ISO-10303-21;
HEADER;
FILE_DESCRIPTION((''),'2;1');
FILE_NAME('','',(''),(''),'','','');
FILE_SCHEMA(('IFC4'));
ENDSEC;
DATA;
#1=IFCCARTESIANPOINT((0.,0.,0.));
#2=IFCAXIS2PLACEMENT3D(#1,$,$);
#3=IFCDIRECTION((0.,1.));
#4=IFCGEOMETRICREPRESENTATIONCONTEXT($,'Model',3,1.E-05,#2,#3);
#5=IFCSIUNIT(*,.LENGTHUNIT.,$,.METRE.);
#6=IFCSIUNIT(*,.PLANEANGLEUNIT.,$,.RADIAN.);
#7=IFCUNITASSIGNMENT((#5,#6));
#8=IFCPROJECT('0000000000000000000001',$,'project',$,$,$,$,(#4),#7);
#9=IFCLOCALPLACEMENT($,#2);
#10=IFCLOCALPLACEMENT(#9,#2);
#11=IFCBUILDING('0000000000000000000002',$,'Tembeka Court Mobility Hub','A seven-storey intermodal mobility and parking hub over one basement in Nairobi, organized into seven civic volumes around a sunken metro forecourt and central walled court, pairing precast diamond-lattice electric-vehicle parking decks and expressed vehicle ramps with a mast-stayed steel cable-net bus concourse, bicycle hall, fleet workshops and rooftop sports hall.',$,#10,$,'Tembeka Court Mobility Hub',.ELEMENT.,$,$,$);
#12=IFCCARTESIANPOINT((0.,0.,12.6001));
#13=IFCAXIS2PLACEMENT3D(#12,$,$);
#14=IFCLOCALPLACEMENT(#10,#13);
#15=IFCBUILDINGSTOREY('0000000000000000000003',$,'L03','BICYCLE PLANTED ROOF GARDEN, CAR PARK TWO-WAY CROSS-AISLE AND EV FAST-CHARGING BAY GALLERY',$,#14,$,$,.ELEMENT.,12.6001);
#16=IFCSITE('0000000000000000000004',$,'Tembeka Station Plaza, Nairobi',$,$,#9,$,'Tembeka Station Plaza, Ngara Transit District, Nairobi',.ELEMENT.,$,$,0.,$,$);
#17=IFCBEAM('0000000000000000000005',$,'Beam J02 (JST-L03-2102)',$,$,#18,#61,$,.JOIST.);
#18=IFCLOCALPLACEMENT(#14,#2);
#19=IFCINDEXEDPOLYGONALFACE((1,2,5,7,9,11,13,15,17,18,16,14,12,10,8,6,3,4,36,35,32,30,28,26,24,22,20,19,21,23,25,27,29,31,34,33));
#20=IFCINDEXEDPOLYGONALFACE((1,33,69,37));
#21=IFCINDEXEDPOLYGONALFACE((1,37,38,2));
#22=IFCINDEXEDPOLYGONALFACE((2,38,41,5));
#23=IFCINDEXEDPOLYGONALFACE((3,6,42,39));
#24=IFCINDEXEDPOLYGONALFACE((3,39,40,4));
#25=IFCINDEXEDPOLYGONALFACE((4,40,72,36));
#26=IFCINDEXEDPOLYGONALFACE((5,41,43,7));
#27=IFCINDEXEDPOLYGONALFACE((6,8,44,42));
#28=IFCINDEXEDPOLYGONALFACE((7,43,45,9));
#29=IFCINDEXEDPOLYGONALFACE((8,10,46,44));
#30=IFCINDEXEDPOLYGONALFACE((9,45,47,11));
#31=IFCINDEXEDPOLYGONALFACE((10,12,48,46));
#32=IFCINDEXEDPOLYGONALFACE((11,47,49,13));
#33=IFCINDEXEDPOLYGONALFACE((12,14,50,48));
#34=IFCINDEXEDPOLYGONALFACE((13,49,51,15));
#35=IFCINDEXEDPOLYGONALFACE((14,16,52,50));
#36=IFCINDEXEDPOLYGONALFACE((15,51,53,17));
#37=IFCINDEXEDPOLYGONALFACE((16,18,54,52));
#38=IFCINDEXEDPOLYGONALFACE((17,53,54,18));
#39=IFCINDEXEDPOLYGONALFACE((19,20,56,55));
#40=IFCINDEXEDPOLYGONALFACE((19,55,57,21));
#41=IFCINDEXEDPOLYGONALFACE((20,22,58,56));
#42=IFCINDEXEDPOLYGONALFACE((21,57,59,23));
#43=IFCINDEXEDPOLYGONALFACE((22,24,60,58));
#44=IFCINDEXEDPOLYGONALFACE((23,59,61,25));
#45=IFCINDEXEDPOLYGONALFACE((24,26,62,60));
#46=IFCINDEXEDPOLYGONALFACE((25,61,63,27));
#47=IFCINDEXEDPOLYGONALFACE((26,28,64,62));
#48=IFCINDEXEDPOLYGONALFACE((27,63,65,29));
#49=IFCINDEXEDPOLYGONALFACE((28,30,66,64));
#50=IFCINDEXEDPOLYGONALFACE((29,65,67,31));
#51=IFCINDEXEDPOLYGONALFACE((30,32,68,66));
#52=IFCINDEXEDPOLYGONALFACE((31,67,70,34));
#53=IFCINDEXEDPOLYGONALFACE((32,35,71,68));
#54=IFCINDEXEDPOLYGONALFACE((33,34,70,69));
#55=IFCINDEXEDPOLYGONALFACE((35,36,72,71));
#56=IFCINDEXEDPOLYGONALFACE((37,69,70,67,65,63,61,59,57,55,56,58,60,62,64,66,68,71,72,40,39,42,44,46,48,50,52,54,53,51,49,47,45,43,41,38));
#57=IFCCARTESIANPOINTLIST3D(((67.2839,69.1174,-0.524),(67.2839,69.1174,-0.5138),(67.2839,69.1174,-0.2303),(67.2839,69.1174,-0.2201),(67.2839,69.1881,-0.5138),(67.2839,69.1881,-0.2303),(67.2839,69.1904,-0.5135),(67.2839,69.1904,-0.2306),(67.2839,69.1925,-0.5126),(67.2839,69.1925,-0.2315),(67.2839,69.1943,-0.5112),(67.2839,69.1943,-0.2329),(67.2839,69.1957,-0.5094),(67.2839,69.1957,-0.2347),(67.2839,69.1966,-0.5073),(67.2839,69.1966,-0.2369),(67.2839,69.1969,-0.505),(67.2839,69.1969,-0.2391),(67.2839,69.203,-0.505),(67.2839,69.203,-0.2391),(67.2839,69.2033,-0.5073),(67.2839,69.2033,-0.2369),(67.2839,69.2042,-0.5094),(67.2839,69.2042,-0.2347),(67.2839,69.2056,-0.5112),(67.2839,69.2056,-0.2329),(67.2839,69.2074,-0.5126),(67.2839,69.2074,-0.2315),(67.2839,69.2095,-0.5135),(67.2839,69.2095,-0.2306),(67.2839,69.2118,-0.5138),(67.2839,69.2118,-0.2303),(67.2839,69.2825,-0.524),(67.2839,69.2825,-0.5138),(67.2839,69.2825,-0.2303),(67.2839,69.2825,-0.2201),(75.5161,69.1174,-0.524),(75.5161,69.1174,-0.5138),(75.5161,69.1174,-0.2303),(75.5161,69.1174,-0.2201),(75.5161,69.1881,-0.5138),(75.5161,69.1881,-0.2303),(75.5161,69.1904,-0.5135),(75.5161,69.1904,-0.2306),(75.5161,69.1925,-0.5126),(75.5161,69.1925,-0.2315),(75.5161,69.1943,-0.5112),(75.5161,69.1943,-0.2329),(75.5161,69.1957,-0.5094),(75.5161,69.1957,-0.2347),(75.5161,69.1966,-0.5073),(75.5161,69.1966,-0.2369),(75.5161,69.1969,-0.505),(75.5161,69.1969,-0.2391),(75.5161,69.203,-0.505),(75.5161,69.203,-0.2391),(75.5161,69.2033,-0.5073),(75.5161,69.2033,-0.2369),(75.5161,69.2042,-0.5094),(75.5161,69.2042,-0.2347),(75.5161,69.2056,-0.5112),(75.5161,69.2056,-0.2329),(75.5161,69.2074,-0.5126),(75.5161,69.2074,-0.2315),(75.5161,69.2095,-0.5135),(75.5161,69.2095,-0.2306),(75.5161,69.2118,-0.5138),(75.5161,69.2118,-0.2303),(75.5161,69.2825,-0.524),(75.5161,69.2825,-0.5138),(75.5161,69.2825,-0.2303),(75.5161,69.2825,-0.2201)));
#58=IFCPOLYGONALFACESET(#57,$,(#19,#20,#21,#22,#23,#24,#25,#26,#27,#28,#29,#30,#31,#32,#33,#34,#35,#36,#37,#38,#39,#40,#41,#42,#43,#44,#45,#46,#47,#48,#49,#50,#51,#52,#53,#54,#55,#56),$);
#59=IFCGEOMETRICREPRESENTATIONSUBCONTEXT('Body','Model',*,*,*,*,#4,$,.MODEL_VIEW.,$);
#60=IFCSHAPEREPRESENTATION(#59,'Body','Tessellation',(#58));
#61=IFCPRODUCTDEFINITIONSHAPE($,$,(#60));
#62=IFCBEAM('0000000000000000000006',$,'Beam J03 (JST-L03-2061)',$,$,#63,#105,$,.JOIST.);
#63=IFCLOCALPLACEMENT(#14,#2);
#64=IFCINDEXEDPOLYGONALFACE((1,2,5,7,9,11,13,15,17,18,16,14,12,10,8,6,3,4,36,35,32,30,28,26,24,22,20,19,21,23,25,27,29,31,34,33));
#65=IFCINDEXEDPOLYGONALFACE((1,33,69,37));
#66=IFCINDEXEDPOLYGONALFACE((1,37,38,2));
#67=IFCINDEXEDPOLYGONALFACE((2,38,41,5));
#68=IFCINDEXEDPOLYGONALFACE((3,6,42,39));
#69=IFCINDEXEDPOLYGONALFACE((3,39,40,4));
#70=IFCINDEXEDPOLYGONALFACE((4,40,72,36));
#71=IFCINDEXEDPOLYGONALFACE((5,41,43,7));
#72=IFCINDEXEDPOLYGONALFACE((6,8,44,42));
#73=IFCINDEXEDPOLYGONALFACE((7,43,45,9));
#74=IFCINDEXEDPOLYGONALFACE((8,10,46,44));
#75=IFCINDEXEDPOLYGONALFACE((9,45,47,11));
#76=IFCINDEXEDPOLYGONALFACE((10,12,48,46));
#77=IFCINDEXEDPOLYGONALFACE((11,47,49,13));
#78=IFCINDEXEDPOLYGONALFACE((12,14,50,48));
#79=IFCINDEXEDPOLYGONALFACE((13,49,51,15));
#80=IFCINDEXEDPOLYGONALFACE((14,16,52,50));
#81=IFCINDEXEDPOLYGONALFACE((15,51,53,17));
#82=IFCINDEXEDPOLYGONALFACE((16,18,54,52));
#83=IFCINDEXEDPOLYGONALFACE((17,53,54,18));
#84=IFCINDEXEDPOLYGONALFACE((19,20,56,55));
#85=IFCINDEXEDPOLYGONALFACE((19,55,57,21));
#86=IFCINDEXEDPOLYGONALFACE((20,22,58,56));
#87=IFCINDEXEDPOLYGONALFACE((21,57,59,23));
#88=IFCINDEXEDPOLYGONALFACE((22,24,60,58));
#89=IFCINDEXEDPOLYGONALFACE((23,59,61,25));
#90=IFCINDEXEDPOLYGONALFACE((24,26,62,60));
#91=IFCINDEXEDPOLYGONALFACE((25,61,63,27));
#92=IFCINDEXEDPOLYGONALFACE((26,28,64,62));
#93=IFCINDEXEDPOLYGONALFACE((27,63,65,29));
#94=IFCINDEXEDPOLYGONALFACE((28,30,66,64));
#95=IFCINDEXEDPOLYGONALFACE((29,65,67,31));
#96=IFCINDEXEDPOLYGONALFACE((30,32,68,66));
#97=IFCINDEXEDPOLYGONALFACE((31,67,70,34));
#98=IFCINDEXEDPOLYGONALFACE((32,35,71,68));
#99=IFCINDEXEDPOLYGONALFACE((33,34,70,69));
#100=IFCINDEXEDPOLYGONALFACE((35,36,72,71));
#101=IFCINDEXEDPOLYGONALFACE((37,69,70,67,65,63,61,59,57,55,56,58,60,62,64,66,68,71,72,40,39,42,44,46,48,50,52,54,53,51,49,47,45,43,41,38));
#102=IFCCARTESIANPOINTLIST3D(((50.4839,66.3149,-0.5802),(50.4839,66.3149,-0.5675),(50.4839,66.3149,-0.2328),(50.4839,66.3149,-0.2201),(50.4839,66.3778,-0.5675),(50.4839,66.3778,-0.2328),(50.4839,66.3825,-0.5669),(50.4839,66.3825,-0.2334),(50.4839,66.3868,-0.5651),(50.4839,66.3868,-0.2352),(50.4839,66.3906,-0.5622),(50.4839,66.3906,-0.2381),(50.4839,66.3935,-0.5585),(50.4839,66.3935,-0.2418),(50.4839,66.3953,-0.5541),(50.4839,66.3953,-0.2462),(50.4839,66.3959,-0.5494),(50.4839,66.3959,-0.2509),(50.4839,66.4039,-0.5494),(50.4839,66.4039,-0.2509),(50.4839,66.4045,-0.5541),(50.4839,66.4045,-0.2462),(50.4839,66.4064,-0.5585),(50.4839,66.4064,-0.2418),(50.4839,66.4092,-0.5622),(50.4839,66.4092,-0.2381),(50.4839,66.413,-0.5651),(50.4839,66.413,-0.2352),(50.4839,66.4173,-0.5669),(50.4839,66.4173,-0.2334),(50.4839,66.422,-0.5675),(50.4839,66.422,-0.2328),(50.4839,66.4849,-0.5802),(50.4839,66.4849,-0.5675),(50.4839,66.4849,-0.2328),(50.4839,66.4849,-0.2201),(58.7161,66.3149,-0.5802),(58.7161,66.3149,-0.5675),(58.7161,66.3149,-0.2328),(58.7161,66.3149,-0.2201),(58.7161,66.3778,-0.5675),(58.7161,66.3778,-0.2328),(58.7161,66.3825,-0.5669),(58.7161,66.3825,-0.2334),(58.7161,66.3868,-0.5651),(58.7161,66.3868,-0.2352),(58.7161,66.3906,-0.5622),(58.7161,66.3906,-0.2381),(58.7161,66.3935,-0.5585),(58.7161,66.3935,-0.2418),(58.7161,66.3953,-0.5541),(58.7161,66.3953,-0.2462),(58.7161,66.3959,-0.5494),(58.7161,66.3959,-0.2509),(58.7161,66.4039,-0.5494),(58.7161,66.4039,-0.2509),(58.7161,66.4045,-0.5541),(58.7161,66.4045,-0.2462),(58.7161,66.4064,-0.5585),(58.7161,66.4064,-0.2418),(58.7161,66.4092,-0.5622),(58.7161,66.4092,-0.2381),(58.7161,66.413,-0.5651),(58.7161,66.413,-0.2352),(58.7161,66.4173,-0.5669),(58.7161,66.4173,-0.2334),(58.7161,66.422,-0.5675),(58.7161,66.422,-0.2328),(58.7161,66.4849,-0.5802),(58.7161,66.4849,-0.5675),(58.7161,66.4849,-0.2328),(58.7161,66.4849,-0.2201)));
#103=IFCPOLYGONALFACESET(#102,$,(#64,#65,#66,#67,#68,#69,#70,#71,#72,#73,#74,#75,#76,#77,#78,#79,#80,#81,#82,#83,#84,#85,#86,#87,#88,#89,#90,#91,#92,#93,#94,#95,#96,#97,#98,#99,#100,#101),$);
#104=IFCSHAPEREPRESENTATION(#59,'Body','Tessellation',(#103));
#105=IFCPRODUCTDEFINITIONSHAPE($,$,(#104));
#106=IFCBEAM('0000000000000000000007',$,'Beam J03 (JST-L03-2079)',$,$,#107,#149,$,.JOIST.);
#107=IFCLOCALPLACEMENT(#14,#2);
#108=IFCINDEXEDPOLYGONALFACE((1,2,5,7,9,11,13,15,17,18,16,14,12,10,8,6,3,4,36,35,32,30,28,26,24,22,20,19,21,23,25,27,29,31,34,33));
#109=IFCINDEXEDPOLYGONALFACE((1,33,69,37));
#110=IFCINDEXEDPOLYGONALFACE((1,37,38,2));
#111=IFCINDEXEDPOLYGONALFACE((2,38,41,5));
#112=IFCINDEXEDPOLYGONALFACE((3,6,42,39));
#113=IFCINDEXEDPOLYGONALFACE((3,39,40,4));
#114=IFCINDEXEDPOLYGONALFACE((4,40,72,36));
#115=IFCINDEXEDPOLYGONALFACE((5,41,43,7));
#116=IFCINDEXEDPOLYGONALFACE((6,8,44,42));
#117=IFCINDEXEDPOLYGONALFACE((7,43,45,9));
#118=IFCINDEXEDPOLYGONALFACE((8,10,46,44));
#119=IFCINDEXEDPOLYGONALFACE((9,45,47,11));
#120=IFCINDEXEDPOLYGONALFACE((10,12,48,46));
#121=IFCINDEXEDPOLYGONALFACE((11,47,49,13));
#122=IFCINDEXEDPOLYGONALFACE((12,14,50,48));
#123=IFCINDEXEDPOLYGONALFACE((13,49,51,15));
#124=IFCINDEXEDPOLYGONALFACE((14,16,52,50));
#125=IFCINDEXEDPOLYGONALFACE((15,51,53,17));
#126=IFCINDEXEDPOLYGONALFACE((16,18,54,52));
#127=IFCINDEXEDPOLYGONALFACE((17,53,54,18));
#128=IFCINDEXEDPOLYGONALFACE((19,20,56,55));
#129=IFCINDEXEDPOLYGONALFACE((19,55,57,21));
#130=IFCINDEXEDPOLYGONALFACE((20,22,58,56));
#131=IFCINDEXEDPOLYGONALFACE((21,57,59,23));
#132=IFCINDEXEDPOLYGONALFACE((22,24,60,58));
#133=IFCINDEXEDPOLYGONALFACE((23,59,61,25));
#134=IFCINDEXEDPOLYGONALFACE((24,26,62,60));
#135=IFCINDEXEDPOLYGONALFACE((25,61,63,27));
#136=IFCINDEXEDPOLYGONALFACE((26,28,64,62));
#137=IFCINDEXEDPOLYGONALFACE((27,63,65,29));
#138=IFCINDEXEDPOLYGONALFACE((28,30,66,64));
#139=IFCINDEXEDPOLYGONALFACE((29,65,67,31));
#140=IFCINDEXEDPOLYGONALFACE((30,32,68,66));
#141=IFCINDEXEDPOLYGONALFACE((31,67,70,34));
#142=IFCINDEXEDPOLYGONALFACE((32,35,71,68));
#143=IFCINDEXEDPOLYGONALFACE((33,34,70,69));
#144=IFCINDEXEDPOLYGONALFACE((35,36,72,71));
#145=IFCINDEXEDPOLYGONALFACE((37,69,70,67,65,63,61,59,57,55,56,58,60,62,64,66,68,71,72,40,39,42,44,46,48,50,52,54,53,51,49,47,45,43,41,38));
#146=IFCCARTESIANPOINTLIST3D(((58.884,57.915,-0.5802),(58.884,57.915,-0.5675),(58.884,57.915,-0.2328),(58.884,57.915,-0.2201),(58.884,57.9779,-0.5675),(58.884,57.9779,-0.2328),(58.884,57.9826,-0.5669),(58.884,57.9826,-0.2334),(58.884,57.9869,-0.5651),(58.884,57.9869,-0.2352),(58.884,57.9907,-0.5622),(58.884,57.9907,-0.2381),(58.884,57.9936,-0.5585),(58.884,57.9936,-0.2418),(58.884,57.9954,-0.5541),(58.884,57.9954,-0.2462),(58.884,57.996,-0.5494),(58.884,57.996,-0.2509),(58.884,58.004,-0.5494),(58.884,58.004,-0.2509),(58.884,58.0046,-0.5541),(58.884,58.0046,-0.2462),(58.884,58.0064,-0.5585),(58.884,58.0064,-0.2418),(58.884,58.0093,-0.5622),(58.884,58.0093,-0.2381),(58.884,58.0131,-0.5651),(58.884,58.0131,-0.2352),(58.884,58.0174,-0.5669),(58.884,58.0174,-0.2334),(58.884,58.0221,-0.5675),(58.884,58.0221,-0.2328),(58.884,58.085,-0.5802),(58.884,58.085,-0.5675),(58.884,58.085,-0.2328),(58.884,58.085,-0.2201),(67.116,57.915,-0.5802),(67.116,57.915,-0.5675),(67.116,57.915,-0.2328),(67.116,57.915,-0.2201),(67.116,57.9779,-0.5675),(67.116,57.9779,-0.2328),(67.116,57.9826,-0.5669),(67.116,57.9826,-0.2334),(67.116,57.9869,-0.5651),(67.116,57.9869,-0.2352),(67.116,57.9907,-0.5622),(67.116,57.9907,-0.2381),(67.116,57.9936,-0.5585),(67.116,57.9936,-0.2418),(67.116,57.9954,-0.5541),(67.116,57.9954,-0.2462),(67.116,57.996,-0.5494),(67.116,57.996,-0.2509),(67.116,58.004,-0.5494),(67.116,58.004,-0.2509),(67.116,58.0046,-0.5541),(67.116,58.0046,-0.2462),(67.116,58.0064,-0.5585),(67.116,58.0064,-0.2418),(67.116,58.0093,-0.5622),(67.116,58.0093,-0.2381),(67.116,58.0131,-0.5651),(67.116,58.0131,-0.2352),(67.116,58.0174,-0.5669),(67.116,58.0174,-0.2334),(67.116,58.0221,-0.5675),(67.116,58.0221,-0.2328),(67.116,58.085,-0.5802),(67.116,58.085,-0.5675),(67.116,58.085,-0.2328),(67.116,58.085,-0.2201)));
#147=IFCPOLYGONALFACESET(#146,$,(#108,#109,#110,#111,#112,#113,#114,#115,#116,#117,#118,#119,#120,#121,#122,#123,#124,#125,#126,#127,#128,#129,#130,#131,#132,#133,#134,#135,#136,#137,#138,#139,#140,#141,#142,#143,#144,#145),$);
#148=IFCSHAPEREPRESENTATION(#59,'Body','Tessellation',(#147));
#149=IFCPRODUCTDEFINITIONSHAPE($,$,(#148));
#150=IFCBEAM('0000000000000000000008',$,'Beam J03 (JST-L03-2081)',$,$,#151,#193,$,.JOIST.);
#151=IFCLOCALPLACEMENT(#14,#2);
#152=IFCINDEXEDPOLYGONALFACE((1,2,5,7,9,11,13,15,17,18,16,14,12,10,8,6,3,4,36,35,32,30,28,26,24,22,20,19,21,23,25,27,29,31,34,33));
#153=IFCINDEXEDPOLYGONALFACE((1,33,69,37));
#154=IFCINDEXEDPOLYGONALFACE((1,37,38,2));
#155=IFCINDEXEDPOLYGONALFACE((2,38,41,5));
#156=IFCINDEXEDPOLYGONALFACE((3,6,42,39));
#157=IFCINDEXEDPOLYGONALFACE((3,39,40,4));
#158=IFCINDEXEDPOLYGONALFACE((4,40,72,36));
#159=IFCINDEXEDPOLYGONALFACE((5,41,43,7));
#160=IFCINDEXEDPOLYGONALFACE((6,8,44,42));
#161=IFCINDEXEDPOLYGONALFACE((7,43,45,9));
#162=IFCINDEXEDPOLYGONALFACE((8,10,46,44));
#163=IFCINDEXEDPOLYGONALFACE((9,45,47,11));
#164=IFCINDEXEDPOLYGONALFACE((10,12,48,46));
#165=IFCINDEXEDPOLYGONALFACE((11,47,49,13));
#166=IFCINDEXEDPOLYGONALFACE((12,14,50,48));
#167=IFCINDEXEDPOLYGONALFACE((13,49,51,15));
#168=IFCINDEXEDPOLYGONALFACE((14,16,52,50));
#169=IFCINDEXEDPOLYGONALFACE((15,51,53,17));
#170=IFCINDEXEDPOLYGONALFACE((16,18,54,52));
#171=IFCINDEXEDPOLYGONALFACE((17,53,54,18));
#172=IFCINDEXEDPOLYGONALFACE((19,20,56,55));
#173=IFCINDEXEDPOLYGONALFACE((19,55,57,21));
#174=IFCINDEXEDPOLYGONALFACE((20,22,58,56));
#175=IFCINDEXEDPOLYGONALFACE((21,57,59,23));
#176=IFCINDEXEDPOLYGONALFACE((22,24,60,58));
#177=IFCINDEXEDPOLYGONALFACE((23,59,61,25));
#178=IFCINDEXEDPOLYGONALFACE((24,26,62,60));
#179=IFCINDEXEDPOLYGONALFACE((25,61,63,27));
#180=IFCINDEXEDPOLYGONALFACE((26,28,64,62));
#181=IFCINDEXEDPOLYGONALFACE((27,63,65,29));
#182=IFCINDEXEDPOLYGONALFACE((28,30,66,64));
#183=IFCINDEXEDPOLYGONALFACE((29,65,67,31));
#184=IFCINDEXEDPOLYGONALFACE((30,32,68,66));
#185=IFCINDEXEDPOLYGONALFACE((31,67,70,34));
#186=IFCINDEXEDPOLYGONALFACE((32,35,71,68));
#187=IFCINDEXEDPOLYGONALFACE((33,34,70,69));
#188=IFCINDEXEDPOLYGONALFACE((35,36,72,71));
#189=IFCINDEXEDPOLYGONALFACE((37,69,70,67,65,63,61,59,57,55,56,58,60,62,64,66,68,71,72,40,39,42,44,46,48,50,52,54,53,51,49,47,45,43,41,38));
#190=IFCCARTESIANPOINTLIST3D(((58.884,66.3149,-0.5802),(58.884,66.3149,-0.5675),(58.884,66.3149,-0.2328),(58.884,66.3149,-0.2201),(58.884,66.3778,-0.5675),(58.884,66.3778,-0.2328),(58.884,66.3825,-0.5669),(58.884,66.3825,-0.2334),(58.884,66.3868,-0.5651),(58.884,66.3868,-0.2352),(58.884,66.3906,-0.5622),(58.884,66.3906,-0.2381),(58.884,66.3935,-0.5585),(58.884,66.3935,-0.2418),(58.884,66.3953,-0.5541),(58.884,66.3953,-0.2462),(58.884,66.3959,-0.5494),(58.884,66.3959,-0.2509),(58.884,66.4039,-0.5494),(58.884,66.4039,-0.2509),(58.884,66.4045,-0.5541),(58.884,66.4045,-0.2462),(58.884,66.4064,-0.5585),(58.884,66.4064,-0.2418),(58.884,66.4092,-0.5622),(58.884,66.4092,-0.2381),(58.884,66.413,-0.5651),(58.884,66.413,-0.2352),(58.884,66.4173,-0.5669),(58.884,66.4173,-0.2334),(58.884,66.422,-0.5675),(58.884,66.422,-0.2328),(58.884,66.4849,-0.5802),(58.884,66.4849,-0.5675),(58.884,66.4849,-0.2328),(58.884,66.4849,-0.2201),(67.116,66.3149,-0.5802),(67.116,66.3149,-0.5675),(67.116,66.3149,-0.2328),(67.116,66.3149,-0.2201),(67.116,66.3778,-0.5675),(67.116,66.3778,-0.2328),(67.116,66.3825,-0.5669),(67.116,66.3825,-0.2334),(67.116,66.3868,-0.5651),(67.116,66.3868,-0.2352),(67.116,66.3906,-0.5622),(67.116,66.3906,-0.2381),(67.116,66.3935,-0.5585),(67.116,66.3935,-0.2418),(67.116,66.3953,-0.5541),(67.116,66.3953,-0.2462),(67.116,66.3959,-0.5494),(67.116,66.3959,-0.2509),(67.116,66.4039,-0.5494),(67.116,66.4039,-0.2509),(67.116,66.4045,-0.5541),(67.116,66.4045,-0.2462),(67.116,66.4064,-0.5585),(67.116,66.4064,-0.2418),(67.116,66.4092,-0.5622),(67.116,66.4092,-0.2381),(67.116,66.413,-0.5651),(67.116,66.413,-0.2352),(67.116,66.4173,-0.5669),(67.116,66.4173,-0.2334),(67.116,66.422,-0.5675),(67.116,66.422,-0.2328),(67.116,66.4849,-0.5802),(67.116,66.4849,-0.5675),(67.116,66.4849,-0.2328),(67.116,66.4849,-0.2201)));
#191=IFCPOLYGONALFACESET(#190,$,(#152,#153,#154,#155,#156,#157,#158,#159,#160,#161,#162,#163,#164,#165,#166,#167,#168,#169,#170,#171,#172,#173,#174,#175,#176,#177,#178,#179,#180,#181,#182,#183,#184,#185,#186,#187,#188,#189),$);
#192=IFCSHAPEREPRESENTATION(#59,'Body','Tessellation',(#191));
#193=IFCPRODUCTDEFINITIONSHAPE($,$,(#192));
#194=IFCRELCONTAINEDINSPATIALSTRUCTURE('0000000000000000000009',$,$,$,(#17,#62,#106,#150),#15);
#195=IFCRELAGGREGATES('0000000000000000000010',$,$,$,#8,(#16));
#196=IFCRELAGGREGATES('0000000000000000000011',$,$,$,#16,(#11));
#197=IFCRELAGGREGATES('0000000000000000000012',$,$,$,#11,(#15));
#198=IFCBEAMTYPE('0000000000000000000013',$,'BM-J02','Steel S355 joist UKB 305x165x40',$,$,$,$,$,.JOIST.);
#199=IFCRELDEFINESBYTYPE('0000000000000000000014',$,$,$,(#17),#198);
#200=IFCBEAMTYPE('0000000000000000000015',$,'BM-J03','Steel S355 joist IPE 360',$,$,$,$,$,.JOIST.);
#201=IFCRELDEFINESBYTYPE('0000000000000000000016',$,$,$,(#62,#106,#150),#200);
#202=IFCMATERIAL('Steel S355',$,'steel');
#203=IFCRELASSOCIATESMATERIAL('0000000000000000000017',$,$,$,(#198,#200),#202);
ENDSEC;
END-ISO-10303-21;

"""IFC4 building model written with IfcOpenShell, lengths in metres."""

from ifc_helpers import new_model, si_unit, direction, frame, origin, origin_2d, place, context, subcontext, project, spatial, i_section, extrude, material, material_profile, profile_set, type_object, element, save


model = new_model("IFC4")

# Units and contexts
model_context = context("Model", 3, precision=1e-05, world=origin(), true_north=direction((0.0, 1.0)))
body_context = subcontext(model_context, "Body", "Model", "MODEL_VIEW")
ifc_project = project(units=[si_unit("LENGTHUNIT", "METRE"), si_unit("PLANEANGLEUNIT", "RADIAN")], contexts=[model_context])

# Site, building, storey
site_placement = place(None, origin())
site = spatial("IfcSite", under=ifc_project, at=site_placement, Name="Tembeka Station Plaza, Nairobi", LongName="Tembeka Station Plaza, Ngara Transit District, Nairobi", CompositionType="ELEMENT", RefElevation=0.0)
building_placement = place(site_placement, origin())
building = spatial("IfcBuilding", under=site, at=building_placement, Name="Tembeka Court Mobility Hub", Description="A seven-storey intermodal mobility and parking hub over one basement in Nairobi, organized into seven civic volumes around a sunken metro forecourt and central walled court, pairing precast diamond-lattice electric-vehicle parking decks and expressed vehicle ramps with a mast-stayed steel cable-net bus concourse, bicycle hall, fleet workshops and rooftop sports hall.", LongName="Tembeka Court Mobility Hub", CompositionType="ELEMENT")
storey_placement = place(building_placement, frame((0.0, 0.0, 12.6001)))
storey = spatial("IfcBuildingStorey", under=building, at=storey_placement, Name="L03", Description="BICYCLE PLANTED ROOF GARDEN, CAR PARK TWO-WAY CROSS-AISLE AND EV FAST-CHARGING BAY GALLERY", CompositionType="ELEMENT", Elevation=12.6001)

# Shared definitions
ifc_material_1 = material(Name="Steel S355", Category="steel")

# Beams
ifc_material_profile_1 = material_profile(ifc_material_1, i_section(OverallWidth=0.165, OverallDepth=0.304, WebThickness=0.0061, FlangeThickness=0.0103, FilletRadius=0.0088, at=origin_2d()), Name="UKB 305x165x40")
ifc_profile_set_1 = profile_set([ifc_material_profile_1], Name="Steel S355")
beam_type_1 = type_object("IfcBeamType", Name="BM-J02", Description="Steel S355 joist UKB 305x165x40", PredefinedType="JOIST", material=ifc_profile_set_1)
for number, where, z_axis, x_axis, name in (
    (1, (67.2839, 69.2, -0.3721), (1.0, 0.0, 0.0), (0.0, 1.0, 0.0), "Beam J02 (JST-L03-2102)"),
):
    element("IfcBeam", number, at=place(storey_placement, frame(where, z_axis=z_axis, x_axis=x_axis)), inside=storey, type_object=beam_type_1, Name=name, PredefinedType="JOIST", context=body_context, shape_type="SweptSolid", body=[
        extrude(i_section(OverallWidth=0.165, OverallDepth=0.304, WebThickness=0.0061, FlangeThickness=0.0103, FilletRadius=0.0088, at=origin_2d()), origin(), (0.0, 0.0, 1.0), 8.2322),
    ])
ifc_material_profile_2 = material_profile(ifc_material_1, i_section(OverallWidth=0.1699, OverallDepth=0.3601, WebThickness=0.0081, FlangeThickness=0.0127, FilletRadius=0.0181, at=origin_2d()), Name="IPE 360")
ifc_profile_set_2 = profile_set([ifc_material_profile_2], Name="Steel S355")
beam_type_2 = type_object("IfcBeamType", Name="BM-J03", Description="Steel S355 joist IPE 360", PredefinedType="JOIST", material=ifc_profile_set_2)
beam_1_placement = place(storey_placement, frame((50.4839, 66.3999, -0.4001), z_axis=(1.0, 0.0, 0.0), x_axis=(0.0, 1.0, 0.0)))
element("IfcBeam", 2, at=beam_1_placement, inside=storey, type_object=beam_type_2, Name="Beam J03 (JST-L03-2061)", PredefinedType="JOIST", context=body_context, shape_type="SweptSolid", body=[
    extrude(i_section(OverallWidth=0.1699, OverallDepth=0.3601, WebThickness=0.0081, FlangeThickness=0.0127, FilletRadius=0.0181, at=origin_2d()), origin(), (0.0, 0.0, 1.0), 8.2322),
])
for number, where, z_axis, x_axis, name in (
    (3, (58.884, 58.0, -0.4001), (1.0, 0.0, 0.0), (0.0, 1.0, 0.0), "Beam J03 (JST-L03-2079)"),
    (4, (58.884, 66.3999, -0.4001), (1.0, 0.0, 0.0), (0.0, 1.0, 0.0), "Beam J03 (JST-L03-2081)"),
):
    element("IfcBeam", number, at=place(storey_placement, frame(where, z_axis=z_axis, x_axis=x_axis)), inside=storey, type_object=beam_type_2, Name=name, PredefinedType="JOIST", context=body_context, shape_type="SweptSolid", body=[
        extrude(i_section(OverallWidth=0.1699, OverallDepth=0.3601, WebThickness=0.0081, FlangeThickness=0.0127, FilletRadius=0.0181, at=origin_2d()), origin(), (0.0, 0.0, 1.0), 8.2319),
    ])

save(model, "model.ifc")
